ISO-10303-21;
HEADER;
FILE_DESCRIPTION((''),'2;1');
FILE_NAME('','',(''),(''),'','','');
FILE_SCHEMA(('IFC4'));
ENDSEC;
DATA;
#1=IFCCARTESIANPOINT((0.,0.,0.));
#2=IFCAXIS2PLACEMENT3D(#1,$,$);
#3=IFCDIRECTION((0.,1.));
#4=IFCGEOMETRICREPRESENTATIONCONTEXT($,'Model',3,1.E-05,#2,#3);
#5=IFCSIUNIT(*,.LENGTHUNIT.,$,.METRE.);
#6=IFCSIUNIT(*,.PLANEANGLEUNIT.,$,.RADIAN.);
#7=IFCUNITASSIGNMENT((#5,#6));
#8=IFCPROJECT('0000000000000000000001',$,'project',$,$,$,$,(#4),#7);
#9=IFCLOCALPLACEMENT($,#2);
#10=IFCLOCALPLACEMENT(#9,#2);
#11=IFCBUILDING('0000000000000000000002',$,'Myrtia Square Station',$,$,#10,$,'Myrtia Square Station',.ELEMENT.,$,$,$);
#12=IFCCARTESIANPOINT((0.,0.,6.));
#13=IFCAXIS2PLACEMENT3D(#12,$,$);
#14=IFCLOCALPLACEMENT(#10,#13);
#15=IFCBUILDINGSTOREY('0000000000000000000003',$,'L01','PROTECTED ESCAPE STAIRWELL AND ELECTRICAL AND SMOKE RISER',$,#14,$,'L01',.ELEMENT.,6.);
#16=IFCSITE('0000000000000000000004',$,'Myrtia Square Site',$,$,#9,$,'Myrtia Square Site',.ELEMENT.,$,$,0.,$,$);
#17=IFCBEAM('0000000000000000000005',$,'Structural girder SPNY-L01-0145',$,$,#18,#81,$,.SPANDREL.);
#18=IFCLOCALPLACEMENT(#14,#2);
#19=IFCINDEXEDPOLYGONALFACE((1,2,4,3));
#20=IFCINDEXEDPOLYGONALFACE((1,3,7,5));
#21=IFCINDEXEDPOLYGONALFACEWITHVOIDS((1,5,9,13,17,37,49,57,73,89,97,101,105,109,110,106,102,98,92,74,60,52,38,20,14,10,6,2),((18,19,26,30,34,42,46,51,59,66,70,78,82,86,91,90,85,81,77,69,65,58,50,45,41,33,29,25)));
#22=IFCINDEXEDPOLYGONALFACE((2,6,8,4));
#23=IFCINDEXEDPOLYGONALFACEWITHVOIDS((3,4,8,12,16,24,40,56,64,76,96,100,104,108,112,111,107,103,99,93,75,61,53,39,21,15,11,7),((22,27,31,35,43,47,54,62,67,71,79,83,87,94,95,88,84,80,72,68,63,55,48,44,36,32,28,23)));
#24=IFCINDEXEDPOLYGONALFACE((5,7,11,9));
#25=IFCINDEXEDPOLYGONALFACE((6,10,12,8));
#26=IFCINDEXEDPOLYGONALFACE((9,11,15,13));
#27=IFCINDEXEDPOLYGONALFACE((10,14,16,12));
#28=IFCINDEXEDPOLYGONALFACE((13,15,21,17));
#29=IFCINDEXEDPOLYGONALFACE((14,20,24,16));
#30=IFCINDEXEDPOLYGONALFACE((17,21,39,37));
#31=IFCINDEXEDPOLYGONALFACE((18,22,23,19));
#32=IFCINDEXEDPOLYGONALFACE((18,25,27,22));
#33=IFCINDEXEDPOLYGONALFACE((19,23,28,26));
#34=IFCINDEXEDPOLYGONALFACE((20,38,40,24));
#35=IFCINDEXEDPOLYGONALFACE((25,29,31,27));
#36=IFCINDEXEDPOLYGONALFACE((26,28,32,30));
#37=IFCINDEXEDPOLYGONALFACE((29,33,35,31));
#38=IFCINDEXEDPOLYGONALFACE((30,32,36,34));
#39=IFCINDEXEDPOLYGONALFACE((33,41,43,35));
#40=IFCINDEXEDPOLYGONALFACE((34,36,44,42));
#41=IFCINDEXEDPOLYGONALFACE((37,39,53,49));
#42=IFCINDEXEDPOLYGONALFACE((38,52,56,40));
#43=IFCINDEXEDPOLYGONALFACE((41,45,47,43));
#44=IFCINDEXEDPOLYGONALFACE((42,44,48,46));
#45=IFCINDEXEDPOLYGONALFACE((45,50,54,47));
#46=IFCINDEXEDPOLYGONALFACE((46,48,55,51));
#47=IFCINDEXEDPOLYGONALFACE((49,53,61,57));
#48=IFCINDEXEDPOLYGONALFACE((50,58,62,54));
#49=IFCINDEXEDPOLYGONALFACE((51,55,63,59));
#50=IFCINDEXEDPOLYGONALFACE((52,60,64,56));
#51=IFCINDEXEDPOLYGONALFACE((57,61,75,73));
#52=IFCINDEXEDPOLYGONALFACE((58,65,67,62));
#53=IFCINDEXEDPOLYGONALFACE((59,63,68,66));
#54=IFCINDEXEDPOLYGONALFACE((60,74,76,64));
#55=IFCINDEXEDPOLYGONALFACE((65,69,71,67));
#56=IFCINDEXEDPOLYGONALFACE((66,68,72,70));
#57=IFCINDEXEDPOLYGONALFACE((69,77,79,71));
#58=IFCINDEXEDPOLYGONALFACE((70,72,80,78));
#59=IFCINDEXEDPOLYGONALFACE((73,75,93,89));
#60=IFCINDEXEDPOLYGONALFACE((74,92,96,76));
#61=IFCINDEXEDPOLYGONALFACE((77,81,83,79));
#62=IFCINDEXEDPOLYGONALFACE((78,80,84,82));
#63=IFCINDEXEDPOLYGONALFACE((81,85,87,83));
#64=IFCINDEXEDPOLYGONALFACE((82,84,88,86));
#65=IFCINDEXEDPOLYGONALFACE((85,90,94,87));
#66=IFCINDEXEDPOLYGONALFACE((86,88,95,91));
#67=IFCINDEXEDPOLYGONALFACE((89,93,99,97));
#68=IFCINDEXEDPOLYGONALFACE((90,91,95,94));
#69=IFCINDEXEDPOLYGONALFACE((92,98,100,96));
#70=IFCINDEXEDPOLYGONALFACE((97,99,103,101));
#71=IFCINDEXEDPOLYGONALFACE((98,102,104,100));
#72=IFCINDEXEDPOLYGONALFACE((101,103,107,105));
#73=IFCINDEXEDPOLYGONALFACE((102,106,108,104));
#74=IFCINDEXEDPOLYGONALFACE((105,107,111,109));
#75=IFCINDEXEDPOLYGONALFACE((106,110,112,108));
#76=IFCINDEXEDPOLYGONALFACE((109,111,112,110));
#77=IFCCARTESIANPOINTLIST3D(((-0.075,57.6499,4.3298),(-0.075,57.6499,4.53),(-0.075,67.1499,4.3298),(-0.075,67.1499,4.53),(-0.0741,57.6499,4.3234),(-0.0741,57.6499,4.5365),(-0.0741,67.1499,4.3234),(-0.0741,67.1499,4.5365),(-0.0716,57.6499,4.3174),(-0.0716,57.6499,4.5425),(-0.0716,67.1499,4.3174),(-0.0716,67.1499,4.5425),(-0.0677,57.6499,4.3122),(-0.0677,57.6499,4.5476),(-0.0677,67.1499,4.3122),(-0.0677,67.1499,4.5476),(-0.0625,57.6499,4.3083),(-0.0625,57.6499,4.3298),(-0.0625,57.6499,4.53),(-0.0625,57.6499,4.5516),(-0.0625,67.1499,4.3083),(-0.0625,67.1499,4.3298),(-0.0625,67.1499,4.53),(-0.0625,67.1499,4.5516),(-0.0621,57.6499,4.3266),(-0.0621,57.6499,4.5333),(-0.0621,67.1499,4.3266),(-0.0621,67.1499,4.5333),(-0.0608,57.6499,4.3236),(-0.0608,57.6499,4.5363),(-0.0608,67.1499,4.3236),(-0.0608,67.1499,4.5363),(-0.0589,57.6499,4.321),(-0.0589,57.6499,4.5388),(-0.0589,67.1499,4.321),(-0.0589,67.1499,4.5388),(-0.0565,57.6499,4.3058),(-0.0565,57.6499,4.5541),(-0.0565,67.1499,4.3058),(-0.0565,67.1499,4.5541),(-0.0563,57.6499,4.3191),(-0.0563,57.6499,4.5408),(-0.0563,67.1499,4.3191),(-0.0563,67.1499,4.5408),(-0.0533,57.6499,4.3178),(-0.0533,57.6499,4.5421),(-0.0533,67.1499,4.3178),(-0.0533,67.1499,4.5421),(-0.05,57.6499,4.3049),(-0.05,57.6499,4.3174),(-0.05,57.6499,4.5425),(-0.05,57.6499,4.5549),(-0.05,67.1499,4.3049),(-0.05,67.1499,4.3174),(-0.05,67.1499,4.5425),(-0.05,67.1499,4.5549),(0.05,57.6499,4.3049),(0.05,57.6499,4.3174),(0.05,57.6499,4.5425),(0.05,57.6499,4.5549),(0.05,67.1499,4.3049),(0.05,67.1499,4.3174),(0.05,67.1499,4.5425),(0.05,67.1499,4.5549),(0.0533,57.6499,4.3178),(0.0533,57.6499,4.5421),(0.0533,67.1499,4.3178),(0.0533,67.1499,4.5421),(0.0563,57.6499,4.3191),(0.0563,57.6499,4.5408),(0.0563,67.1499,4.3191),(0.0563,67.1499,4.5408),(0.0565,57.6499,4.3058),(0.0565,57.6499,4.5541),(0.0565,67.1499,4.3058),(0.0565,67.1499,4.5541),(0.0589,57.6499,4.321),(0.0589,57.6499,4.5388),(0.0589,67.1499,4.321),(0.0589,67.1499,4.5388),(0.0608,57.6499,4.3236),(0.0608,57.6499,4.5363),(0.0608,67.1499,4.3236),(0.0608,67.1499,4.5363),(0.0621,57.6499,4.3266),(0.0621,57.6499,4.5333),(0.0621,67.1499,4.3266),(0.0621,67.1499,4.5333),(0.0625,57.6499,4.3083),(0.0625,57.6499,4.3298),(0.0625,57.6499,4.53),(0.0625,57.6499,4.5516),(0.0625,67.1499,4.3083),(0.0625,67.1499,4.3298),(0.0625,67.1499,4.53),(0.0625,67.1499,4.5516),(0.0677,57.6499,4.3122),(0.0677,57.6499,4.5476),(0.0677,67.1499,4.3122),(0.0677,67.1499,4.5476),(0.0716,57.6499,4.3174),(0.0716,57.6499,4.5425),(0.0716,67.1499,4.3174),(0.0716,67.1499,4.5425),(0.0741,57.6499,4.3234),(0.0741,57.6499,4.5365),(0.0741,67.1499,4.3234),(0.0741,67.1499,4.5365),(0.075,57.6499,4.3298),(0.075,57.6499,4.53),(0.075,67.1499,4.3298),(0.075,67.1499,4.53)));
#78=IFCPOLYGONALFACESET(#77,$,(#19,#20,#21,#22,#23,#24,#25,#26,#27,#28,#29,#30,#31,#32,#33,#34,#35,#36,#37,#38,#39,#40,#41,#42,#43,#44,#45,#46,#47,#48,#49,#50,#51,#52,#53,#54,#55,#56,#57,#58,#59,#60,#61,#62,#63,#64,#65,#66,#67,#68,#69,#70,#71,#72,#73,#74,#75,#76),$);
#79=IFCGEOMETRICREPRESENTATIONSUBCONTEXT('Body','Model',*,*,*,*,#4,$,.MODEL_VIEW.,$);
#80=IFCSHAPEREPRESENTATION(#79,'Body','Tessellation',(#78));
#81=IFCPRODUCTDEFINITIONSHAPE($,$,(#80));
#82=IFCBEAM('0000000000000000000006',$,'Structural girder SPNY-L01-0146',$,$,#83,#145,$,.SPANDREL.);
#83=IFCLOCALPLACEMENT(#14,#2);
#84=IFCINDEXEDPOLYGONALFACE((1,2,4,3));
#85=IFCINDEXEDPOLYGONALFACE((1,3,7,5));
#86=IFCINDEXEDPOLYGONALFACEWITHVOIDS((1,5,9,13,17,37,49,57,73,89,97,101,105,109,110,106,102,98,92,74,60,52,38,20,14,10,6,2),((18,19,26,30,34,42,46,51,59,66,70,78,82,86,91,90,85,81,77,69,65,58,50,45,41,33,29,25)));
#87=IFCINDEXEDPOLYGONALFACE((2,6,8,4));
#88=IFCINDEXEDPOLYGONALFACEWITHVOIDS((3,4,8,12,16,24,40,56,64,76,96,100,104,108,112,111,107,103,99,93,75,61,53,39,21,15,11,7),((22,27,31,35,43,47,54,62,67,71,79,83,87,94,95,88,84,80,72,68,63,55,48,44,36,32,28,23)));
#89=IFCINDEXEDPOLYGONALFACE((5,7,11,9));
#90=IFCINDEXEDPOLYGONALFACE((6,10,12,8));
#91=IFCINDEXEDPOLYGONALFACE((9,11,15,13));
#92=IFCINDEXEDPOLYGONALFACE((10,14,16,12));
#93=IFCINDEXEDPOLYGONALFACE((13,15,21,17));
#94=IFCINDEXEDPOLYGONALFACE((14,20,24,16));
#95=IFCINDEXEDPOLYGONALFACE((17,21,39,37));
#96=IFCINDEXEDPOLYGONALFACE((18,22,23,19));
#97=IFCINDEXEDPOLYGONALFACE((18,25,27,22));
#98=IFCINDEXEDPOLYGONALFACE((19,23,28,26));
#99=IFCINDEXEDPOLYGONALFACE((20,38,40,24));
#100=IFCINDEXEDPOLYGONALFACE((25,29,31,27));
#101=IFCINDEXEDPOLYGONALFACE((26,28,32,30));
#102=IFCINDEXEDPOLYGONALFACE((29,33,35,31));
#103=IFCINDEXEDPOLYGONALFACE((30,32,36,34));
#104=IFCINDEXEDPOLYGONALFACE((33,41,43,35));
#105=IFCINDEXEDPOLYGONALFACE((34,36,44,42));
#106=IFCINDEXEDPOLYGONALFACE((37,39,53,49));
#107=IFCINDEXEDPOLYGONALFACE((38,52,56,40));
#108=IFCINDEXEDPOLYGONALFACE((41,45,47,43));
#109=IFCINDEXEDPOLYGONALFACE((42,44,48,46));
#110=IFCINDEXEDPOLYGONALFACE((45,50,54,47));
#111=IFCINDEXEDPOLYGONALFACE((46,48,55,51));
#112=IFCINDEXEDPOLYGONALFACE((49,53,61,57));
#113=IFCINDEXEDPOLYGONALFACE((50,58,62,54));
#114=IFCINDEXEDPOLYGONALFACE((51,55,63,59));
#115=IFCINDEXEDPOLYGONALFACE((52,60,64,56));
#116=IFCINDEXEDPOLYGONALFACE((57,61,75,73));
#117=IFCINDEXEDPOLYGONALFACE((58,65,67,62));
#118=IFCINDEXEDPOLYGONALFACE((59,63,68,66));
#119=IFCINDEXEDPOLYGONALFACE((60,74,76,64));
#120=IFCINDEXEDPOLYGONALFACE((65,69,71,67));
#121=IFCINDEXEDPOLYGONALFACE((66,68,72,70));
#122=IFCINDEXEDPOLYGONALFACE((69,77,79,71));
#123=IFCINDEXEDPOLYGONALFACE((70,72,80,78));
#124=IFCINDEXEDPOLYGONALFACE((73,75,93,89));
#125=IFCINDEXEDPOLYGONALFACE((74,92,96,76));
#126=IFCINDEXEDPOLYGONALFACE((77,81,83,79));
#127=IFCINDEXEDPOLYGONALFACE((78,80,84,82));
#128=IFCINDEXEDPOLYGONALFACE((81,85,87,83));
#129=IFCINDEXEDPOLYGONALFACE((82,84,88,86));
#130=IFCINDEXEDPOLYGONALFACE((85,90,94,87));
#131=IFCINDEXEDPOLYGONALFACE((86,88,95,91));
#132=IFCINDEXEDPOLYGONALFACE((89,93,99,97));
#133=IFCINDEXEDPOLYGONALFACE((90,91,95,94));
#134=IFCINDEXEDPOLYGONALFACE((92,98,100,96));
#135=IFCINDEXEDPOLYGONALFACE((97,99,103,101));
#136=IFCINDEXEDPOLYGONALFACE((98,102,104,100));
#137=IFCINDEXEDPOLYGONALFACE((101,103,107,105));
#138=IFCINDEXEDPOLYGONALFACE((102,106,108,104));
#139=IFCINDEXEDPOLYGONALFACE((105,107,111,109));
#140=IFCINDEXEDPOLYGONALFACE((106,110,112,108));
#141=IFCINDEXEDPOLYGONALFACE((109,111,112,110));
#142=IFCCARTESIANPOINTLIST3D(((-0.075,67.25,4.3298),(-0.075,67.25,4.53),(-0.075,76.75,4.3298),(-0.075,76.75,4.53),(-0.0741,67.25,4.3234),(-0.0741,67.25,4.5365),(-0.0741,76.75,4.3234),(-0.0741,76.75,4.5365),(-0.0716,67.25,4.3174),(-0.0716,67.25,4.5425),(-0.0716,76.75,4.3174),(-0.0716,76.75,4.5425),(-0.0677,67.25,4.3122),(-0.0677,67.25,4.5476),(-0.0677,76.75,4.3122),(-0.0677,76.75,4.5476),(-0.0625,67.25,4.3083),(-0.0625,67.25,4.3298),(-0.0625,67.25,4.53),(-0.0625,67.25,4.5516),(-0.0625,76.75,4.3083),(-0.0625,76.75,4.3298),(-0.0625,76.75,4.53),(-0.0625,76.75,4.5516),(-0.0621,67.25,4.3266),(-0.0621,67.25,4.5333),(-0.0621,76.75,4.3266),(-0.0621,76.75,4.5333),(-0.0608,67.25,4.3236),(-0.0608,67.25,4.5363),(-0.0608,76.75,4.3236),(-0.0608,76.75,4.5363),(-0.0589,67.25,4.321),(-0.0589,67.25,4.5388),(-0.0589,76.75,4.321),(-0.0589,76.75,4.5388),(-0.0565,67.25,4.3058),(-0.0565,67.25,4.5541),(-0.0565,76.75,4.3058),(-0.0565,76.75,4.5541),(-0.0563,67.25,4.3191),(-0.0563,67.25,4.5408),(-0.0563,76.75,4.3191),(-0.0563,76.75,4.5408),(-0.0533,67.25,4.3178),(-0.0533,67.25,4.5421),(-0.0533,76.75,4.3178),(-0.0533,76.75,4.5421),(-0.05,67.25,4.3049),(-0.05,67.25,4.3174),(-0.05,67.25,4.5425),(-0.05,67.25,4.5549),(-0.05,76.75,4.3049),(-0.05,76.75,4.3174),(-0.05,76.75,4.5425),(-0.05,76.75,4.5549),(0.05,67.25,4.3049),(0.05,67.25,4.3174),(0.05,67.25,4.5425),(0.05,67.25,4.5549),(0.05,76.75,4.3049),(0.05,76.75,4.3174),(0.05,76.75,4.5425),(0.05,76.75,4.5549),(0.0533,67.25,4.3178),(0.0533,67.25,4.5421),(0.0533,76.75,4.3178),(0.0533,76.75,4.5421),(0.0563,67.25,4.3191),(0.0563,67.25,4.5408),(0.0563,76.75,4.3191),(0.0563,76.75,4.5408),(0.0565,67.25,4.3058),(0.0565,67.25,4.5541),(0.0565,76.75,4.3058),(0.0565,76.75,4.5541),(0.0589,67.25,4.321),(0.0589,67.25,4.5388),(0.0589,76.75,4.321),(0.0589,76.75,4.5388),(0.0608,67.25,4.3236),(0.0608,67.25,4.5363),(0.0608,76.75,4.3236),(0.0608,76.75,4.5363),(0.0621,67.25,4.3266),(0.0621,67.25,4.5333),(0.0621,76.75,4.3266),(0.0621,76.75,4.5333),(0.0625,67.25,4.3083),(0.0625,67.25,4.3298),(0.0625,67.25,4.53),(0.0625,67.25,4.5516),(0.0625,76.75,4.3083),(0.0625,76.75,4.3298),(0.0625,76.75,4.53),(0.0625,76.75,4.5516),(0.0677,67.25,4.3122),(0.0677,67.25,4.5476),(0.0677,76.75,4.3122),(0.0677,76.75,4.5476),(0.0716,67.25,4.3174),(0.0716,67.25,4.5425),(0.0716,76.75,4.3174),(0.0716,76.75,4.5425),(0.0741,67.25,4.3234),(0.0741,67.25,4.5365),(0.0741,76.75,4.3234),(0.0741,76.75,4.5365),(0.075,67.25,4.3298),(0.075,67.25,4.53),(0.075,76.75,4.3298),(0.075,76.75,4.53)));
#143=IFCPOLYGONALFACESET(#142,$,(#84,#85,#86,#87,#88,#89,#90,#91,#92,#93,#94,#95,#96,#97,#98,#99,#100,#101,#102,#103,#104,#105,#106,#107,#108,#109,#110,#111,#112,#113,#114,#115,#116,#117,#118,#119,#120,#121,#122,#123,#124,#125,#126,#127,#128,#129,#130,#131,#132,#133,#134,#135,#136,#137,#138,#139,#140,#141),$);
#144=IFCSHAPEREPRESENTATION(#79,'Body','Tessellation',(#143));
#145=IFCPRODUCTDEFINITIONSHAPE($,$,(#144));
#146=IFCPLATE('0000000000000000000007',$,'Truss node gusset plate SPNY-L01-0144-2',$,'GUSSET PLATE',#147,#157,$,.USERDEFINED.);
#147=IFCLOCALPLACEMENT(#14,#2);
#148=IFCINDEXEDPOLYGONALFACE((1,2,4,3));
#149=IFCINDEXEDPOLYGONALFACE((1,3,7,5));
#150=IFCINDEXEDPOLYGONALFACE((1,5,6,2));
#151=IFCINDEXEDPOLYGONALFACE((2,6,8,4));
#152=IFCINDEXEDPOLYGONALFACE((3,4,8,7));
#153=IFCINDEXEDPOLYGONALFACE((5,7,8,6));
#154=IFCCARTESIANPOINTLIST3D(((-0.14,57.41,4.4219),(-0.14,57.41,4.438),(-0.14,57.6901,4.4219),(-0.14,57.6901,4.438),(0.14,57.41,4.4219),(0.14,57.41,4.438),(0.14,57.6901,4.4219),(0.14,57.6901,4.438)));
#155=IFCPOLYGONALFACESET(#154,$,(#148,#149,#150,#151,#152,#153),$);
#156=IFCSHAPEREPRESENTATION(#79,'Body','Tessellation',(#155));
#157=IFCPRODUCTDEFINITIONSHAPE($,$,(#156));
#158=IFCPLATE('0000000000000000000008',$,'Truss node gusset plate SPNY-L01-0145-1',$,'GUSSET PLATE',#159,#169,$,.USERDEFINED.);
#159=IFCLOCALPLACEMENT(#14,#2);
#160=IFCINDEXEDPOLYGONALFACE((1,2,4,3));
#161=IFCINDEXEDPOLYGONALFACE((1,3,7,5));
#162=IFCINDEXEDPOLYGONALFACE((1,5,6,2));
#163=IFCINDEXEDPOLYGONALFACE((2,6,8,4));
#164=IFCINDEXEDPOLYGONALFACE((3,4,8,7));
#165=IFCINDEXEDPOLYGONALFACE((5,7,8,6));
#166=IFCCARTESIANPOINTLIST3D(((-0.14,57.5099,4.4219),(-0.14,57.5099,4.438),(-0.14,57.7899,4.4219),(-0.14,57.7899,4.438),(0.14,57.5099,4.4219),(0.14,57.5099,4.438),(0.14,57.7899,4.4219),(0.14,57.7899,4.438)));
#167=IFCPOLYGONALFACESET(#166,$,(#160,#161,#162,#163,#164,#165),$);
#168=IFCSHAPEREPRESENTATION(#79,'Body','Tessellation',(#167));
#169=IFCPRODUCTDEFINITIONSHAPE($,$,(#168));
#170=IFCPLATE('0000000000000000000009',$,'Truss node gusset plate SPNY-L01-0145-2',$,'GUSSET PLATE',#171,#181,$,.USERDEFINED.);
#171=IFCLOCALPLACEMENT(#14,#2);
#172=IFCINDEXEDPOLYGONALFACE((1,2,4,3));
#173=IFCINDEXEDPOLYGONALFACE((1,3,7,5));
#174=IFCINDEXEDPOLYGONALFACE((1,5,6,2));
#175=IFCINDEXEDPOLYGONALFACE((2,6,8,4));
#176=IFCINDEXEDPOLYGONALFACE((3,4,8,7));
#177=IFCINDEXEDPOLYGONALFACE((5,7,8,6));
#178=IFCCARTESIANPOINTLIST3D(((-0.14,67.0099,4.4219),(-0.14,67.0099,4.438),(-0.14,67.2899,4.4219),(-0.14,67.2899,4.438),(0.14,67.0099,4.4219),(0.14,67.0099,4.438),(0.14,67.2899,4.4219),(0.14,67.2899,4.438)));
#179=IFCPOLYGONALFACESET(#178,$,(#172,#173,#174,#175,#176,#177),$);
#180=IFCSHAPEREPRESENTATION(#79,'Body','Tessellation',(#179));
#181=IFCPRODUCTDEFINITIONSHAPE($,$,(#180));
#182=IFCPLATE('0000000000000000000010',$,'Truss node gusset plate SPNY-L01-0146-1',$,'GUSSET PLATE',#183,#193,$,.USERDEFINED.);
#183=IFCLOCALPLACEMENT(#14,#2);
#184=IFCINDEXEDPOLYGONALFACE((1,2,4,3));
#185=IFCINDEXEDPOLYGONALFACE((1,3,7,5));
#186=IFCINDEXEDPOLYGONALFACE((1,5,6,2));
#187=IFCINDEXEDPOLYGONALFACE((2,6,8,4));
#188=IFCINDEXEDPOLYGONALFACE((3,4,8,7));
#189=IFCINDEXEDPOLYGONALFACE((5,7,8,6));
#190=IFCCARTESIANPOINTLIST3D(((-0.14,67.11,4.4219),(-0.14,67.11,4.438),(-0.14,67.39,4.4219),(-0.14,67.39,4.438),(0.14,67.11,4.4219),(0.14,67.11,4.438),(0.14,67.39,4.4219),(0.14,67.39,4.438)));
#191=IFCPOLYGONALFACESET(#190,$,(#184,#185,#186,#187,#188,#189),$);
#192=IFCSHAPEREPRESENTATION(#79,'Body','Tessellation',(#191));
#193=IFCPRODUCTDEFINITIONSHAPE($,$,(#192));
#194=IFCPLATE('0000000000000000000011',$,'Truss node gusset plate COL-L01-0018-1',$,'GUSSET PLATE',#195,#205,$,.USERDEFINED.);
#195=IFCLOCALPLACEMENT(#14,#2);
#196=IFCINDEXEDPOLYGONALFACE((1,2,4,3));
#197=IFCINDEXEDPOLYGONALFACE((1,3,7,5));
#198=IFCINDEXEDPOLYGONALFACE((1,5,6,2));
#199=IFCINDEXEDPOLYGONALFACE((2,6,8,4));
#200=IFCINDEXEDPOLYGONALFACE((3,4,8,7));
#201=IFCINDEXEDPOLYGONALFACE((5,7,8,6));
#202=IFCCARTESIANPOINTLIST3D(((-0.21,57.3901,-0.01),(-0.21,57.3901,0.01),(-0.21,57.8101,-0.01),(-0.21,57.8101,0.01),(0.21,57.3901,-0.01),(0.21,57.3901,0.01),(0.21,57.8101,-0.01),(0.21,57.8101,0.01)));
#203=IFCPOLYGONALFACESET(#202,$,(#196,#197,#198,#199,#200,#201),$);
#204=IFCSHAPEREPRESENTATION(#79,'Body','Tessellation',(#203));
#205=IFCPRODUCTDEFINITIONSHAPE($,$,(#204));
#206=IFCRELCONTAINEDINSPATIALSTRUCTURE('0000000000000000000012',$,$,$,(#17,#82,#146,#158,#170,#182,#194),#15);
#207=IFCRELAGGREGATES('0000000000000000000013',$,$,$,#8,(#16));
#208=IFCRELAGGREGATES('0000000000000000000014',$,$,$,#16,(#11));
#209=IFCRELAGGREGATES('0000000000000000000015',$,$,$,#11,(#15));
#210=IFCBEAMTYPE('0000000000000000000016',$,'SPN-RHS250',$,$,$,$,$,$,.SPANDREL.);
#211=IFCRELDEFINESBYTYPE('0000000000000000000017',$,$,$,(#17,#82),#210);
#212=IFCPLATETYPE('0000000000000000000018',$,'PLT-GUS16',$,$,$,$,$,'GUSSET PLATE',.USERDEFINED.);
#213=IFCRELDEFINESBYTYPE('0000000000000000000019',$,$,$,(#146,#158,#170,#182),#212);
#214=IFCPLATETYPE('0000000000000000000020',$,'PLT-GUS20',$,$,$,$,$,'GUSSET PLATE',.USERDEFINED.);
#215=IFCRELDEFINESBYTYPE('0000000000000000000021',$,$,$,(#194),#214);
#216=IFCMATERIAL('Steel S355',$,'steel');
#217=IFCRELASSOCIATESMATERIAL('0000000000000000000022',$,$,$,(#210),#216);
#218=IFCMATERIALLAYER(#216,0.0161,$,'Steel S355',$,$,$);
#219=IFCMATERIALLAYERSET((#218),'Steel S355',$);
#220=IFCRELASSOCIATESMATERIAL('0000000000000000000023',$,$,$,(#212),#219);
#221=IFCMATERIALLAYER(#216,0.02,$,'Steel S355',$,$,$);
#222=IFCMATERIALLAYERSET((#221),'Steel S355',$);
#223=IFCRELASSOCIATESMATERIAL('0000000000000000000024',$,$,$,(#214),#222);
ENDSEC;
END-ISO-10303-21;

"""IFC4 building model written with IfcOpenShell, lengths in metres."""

from ifc_helpers import new_model, si_unit, direction, frame, origin, origin_2d, place, context, subcontext, project, spatial, rectangle, hollow_rectangle, extrude, material, layer, layer_set, material_profile, profile_set, type_object, element, save


model = new_model("IFC4")

# Units and contexts
model_context = context("Model", 3, precision=1e-05, world=origin(), true_north=direction((0.0, 1.0)))
body_context = subcontext(model_context, "Body", "Model", "MODEL_VIEW")
ifc_project = project(units=[si_unit("LENGTHUNIT", "METRE"), si_unit("PLANEANGLEUNIT", "RADIAN")], contexts=[model_context])

# Site, building, storey
site_placement = place(None, origin())
site = spatial("IfcSite", under=ifc_project, at=site_placement, Name="Myrtia Square Site", LongName="Myrtia Square Site", CompositionType="ELEMENT", RefElevation=0.0)
building_placement = place(site_placement, origin())
building = spatial("IfcBuilding", under=site, at=building_placement, Name="Myrtia Square Station", LongName="Myrtia Square Station", CompositionType="ELEMENT")
storey_placement = place(building_placement, frame((0.0, 0.0, 6.0)))
storey = spatial("IfcBuildingStorey", under=building, at=storey_placement, Name="L01", Description="PROTECTED ESCAPE STAIRWELL AND ELECTRICAL AND SMOKE RISER", LongName="L01", CompositionType="ELEMENT", Elevation=6.0)

# Shared definitions
ifc_material_1 = material(Name="Steel S355", Category="steel")

# Beams
ifc_material_profile_1 = material_profile(ifc_material_1, hollow_rectangle(XDim=0.1499, YDim=0.25, WallThickness=0.0125, InnerFilletRadius=0.0125, OuterFilletRadius=0.0249, at=origin_2d()), Name="RHS 250x150x12.5")
ifc_profile_set_1 = profile_set([ifc_material_profile_1], Name="Steel S355")
beam_type_1 = type_object("IfcBeamType", Name="SPN-RHS250", PredefinedType="SPANDREL", material=ifc_profile_set_1)
for number, where, z_axis, x_axis, name in (
    (1, (0.0, 57.6499, 4.4299), (0.0, 1.0, 0.0), (-1.0, 0.0, 0.0), "Structural girder SPNY-L01-0145"),
    (2, (0.0, 67.25, 4.4299), (0.0, 1.0, 0.0), (-1.0, 0.0, 0.0), "Structural girder SPNY-L01-0146"),
):
    element("IfcBeam", number, at=place(storey_placement, frame(where, z_axis=z_axis, x_axis=x_axis)), inside=storey, type_object=beam_type_1, Name=name, PredefinedType="SPANDREL", context=body_context, shape_type="SweptSolid", body=[
        extrude(hollow_rectangle(XDim=0.1499, YDim=0.25, WallThickness=0.0125, InnerFilletRadius=0.0125, OuterFilletRadius=0.0249, at=origin_2d()), origin(), (0.0, 0.0, 1.0), 9.5),
    ])

# Plates
ifc_layer_1 = layer(ifc_material_1, 0.0161, Name="Steel S355")
ifc_layer_set_1 = layer_set([ifc_layer_1], Name="Steel S355")
plate_type_1 = type_object("IfcPlateType", Name="PLT-GUS16", ElementType="GUSSET PLATE", PredefinedType="USERDEFINED", material=ifc_layer_set_1)
for number, where, z_axis, x_axis, name in (
    (3, (0.0, 57.55, 4.4219), (0.0, 0.0, 1.0), (0.0, 1.0, 0.0), "Truss node gusset plate SPNY-L01-0144-2"),
    (4, (0.0, 57.6499, 4.4219), (0.0, 0.0, 1.0), (0.0, 1.0, 0.0), "Truss node gusset plate SPNY-L01-0145-1"),
    (5, (0.0, 67.1499, 4.4219), (0.0, 0.0, 1.0), (0.0, 1.0, 0.0), "Truss node gusset plate SPNY-L01-0145-2"),
    (6, (0.0, 67.25, 4.4219), (0.0, 0.0, 1.0), (0.0, 1.0, 0.0), "Truss node gusset plate SPNY-L01-0146-1"),
):
    element("IfcPlate", number, at=place(storey_placement, frame(where, z_axis=z_axis, x_axis=x_axis)), inside=storey, type_object=plate_type_1, Name=name, ObjectType="GUSSET PLATE", PredefinedType="USERDEFINED", context=body_context, shape_type="SweptSolid", body=[
        extrude(rectangle(XDim=0.28, YDim=0.28, at=origin_2d()), origin(), (0.0, 0.0, 1.0), 0.0161),
    ])
ifc_layer_2 = layer(ifc_material_1, 0.02, Name="Steel S355")
ifc_layer_set_2 = layer_set([ifc_layer_2], Name="Steel S355")
plate_type_2 = type_object("IfcPlateType", Name="PLT-GUS20", ElementType="GUSSET PLATE", PredefinedType="USERDEFINED", material=ifc_layer_set_2)
for number, where, z_axis, x_axis, name in (
    (7, (0.0, 57.6001, -0.01), (0.0, 0.0, 1.0), (1.0, 0.0, 0.0), "Truss node gusset plate COL-L01-0018-1"),
):
    element("IfcPlate", number, at=place(storey_placement, frame(where, z_axis=z_axis, x_axis=x_axis)), inside=storey, type_object=plate_type_2, Name=name, ObjectType="GUSSET PLATE", PredefinedType="USERDEFINED", context=body_context, shape_type="SweptSolid", body=[
        extrude(rectangle(XDim=0.4199, YDim=0.4199, at=origin_2d()), origin(), (0.0, 0.0, 1.0), 0.02),
    ])

save(model, "model.ifc")
